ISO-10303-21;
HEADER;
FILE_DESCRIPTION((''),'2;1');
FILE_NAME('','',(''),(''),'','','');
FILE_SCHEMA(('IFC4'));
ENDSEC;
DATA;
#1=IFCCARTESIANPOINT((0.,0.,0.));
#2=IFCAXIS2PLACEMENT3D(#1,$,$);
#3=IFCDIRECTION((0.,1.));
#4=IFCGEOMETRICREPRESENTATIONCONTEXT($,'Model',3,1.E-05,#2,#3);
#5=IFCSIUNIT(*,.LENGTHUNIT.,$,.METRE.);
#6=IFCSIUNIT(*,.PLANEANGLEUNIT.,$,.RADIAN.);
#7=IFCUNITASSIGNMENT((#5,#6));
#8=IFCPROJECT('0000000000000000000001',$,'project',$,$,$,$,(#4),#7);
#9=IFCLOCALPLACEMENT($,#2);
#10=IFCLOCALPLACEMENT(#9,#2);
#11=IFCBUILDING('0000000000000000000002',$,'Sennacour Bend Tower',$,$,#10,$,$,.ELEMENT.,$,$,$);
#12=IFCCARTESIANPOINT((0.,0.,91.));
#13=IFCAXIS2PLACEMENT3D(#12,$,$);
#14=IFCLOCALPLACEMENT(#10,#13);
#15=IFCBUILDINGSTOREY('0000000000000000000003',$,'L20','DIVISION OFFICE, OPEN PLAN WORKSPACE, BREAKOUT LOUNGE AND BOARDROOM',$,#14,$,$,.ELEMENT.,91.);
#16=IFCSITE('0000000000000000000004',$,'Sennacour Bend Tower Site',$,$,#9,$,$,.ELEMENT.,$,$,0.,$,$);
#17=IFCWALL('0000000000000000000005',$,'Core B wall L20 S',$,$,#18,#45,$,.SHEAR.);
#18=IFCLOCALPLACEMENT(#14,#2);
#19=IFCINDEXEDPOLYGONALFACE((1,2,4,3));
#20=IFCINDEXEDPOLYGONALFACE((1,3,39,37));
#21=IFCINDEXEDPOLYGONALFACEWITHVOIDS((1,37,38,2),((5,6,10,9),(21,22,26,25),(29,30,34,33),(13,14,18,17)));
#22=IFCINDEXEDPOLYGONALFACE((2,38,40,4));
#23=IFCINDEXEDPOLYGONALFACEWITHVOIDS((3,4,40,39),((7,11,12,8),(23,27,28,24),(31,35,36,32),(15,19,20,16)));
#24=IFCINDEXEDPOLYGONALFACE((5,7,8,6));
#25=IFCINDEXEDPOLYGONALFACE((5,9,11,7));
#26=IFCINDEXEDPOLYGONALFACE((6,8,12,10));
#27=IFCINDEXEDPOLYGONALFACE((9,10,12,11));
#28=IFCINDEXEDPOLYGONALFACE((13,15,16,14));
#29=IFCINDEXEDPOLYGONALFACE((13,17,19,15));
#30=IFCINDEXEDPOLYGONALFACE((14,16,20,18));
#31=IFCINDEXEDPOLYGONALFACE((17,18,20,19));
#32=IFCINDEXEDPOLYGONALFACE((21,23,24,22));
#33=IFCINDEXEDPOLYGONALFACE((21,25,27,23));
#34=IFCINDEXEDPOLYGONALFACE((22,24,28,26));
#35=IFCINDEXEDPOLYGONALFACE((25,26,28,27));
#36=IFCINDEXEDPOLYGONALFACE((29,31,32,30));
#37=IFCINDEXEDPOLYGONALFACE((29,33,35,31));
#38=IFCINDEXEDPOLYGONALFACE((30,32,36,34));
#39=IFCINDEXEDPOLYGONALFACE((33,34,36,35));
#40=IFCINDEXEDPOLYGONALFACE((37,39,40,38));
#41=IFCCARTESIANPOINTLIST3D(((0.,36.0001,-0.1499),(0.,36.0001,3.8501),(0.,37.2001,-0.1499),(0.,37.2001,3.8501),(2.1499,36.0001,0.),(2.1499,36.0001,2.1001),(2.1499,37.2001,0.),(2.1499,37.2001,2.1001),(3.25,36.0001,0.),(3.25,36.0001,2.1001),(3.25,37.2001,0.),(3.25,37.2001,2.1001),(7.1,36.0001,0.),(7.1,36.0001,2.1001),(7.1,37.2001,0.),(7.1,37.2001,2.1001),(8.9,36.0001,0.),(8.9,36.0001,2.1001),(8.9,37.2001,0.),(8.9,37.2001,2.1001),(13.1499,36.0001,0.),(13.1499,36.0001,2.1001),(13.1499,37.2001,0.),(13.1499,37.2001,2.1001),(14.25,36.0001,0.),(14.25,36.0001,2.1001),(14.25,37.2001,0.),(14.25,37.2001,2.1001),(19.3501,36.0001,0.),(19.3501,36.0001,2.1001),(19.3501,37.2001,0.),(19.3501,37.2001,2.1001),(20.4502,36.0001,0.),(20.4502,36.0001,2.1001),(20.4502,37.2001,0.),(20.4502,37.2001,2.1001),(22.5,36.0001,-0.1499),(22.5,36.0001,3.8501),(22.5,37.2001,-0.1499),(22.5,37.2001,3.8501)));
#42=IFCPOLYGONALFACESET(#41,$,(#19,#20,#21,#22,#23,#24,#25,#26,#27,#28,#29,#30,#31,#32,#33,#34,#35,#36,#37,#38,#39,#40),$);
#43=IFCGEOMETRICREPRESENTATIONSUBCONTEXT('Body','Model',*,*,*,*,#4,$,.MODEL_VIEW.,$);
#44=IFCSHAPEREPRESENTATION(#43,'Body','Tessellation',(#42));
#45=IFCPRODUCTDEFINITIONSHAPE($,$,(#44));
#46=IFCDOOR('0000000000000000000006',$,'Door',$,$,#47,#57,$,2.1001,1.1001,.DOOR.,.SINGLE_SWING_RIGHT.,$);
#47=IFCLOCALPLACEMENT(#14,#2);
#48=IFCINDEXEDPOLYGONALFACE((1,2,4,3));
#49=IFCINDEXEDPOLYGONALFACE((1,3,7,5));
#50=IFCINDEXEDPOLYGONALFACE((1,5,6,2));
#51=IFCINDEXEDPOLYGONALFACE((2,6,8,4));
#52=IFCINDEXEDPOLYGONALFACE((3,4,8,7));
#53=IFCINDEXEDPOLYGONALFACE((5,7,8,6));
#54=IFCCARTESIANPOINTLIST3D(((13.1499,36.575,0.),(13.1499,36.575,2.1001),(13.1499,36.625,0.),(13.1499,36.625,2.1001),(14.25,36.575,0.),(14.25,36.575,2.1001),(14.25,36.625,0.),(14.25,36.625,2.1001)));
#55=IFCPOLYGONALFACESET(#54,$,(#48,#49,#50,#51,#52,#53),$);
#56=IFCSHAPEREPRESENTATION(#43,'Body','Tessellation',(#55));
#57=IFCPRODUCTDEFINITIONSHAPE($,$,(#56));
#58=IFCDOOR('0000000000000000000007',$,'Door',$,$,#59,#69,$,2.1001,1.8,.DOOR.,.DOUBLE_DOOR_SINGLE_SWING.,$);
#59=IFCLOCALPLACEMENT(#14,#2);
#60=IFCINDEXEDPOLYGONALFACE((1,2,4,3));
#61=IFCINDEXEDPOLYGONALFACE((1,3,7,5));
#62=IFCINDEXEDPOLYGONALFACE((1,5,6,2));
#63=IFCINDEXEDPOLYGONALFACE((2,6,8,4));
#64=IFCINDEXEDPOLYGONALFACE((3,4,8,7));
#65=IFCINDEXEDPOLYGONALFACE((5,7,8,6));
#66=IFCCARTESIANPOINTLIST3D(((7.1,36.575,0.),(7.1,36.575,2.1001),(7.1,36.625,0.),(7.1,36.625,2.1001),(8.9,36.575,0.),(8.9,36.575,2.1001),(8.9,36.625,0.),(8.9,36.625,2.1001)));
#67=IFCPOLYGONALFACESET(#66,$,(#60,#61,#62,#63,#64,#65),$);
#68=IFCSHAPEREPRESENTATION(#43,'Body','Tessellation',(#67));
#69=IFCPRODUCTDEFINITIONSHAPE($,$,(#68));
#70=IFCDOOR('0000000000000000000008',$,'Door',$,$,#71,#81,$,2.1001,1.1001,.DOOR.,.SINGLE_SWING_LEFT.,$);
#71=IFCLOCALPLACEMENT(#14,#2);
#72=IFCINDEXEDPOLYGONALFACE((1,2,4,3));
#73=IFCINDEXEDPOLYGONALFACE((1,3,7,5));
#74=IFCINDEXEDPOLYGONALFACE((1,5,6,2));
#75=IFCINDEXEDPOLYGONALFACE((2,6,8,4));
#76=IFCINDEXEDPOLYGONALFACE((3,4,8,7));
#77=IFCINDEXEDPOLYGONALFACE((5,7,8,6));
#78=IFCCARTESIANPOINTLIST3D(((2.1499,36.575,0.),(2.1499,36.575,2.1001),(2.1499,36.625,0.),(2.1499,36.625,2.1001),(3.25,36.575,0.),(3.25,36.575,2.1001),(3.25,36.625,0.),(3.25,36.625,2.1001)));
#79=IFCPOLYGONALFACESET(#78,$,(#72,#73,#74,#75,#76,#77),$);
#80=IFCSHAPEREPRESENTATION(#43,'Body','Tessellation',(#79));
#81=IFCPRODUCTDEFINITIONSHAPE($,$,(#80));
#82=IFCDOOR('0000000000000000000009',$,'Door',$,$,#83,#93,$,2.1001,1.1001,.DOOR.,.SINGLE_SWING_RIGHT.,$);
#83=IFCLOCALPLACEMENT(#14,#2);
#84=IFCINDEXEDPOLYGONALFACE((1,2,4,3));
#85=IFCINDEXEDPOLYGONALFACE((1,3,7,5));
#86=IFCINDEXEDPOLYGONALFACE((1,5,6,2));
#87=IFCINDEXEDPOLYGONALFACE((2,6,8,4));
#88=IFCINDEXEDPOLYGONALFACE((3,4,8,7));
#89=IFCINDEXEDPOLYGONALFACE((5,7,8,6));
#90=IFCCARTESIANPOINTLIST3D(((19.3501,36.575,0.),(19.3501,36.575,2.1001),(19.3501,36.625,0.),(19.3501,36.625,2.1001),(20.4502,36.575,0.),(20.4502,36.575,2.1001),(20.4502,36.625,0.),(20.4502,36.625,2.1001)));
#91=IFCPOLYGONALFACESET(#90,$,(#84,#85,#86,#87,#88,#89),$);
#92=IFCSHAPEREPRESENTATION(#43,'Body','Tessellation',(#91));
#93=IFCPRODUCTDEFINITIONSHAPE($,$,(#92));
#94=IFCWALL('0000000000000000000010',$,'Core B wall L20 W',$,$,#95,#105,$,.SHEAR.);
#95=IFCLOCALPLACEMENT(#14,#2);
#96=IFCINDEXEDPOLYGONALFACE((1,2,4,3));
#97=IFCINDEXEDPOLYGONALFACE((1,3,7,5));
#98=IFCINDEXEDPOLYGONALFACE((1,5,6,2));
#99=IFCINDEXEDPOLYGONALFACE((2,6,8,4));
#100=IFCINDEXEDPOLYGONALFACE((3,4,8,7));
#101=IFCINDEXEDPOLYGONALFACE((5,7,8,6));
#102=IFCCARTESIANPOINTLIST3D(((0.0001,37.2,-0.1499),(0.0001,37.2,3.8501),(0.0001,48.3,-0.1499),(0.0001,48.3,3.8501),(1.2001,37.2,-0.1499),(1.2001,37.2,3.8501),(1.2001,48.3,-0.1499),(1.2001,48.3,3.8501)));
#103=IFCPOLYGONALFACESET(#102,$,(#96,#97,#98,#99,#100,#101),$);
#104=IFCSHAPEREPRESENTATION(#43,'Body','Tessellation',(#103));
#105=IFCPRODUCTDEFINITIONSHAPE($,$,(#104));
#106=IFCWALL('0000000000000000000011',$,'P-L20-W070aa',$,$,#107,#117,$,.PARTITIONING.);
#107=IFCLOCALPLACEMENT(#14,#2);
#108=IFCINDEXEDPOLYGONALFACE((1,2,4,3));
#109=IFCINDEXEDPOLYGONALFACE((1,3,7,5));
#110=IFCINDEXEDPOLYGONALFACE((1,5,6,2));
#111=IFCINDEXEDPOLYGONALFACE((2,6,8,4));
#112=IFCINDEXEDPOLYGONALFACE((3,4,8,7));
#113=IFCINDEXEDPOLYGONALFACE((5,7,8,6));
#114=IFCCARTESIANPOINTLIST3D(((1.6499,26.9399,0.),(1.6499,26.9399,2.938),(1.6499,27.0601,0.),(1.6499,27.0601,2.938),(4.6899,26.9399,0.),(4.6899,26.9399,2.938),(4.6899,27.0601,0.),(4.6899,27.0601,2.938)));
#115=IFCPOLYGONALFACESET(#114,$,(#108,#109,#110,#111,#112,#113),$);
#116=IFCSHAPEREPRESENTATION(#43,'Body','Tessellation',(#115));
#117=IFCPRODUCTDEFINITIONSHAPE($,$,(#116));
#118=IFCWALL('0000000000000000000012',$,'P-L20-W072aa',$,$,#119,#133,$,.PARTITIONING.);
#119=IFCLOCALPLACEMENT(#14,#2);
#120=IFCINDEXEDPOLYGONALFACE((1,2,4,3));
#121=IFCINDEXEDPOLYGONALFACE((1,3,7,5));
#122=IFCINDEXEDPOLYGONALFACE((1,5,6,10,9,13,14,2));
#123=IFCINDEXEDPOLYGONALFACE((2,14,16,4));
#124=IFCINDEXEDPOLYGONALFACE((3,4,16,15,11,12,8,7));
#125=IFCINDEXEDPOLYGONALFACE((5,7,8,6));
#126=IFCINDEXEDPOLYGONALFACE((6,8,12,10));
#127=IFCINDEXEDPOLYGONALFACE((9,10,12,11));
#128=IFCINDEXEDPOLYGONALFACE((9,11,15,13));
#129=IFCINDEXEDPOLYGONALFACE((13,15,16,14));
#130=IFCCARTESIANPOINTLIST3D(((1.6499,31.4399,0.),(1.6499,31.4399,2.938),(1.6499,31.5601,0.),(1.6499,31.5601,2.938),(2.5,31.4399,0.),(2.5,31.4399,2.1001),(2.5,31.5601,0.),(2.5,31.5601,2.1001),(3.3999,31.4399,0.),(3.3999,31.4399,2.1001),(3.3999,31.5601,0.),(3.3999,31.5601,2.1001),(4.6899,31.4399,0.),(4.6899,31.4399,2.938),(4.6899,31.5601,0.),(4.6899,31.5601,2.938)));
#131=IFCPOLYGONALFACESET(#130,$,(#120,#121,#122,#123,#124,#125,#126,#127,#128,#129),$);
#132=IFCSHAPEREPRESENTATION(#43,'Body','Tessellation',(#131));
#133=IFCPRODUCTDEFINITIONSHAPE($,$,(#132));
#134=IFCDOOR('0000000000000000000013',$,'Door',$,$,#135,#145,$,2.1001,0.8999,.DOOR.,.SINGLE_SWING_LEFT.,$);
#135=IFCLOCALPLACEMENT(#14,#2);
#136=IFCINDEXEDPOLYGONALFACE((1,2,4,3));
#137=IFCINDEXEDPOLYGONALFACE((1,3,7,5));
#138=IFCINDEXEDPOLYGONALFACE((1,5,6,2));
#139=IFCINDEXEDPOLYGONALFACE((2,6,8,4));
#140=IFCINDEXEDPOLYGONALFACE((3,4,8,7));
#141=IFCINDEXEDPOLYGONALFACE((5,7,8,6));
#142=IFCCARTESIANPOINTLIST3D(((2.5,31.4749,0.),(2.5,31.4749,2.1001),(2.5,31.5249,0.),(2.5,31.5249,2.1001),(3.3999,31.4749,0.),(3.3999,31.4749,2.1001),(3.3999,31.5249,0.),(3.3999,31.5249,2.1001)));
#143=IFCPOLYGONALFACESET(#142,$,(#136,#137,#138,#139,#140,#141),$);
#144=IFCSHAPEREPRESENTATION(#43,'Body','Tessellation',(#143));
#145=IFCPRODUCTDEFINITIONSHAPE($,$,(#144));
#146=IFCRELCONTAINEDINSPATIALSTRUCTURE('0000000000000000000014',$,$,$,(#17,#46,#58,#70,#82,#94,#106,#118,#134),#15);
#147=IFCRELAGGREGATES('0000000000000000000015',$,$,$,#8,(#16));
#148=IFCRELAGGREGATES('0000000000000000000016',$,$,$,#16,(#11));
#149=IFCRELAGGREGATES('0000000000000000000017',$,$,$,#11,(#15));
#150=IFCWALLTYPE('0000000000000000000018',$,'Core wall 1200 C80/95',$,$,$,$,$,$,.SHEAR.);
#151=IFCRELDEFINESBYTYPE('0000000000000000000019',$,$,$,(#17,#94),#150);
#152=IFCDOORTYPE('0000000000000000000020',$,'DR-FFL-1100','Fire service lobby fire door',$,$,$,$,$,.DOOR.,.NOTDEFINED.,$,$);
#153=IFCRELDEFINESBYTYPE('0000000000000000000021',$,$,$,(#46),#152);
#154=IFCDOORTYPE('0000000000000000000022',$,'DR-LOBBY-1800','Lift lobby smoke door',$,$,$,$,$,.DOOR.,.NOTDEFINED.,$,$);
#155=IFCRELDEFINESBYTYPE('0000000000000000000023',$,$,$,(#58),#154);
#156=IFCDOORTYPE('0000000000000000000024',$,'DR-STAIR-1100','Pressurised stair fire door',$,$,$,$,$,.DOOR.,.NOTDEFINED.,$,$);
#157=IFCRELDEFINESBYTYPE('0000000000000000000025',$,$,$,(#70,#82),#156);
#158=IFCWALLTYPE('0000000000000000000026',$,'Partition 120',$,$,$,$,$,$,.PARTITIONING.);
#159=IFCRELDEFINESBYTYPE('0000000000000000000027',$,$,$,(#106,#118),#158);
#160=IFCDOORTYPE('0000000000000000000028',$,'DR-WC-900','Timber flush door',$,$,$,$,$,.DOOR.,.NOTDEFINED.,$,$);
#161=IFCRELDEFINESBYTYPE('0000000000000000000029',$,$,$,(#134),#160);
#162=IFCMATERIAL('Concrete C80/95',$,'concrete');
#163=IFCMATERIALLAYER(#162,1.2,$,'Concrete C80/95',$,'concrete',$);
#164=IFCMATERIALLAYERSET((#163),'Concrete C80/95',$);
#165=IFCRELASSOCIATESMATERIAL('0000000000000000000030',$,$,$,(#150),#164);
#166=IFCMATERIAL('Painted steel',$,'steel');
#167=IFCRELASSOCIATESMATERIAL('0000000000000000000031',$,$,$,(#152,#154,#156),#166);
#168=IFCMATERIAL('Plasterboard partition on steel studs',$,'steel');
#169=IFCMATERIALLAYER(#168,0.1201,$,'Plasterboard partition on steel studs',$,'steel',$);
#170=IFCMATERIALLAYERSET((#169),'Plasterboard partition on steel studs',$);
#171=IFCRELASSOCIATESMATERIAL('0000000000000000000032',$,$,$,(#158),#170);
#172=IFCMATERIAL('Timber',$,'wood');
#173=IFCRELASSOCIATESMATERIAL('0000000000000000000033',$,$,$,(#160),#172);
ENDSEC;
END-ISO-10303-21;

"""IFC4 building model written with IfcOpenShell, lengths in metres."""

from ifc_helpers import new_model, si_unit, direction, frame, frame_2d, origin, place, context, subcontext, project, spatial, rectangle, extrude, material, layer, layer_set, type_object, element, fill, save


model = new_model("IFC4")

# Units and contexts
model_context = context("Model", 3, precision=1e-05, world=origin(), true_north=direction((0.0, 1.0)))
body_context = subcontext(model_context, "Body", "Model", "MODEL_VIEW")
ifc_project = project(units=[si_unit("LENGTHUNIT", "METRE"), si_unit("PLANEANGLEUNIT", "RADIAN")], contexts=[model_context])

# Site, building, storey
site_placement = place(None, origin())
site = spatial("IfcSite", under=ifc_project, at=site_placement, Name="Sennacour Bend Tower Site", CompositionType="ELEMENT", RefElevation=0.0)
building_placement = place(site_placement, origin())
building = spatial("IfcBuilding", under=site, at=building_placement, Name="Sennacour Bend Tower", CompositionType="ELEMENT")
storey_placement = place(building_placement, frame((0.0, 0.0, 91.0)))
storey = spatial("IfcBuildingStorey", under=building, at=storey_placement, Name="L20", Description="DIVISION OFFICE, OPEN PLAN WORKSPACE, BREAKOUT LOUNGE AND BOARDROOM", CompositionType="ELEMENT", Elevation=91.0)

# Wall, openings, doors
ifc_material_1 = material(Name="Concrete C80/95", Category="concrete")
ifc_layer_1 = layer(ifc_material_1, 1.2, Name="Concrete C80/95", Category="concrete")
ifc_layer_set_1 = layer_set([ifc_layer_1], Name="Concrete C80/95")
wall_type_1 = type_object("IfcWallType", Name="Core wall 1200 C80/95", PredefinedType="SHEAR", material=ifc_layer_set_1)
wall_1_placement = place(storey_placement, frame((0.0, 36.6001, -0.1499), z_axis=(0.0, 0.0, 1.0), x_axis=(1.0, 0.0, 0.0)))
wall_1 = element("IfcWall", 1, at=wall_1_placement, inside=storey, type_object=wall_type_1, Name="Core B wall L20 S", PredefinedType="SHEAR", context=body_context, shape_type="SweptSolid", body=[
    extrude(rectangle(XDim=22.5, YDim=1.2, at=frame_2d((11.25, 0.0))), origin(), (0.0, 0.0, 1.0), 4.0),
])
opening_1_placement = place(wall_1_placement, frame((7.1001, 0.0, 0.1499)))
opening_1 = element("IfcOpeningElement", 2, at=opening_1_placement, cuts=wall_1, PredefinedType="OPENING", context=body_context, shape_type="SweptSolid", body=[
    extrude(rectangle(XDim=1.8, YDim=2.1001, at=frame_2d((0.8999, 1.05))), frame((0.0, 0.6099, 0.0), z_axis=(0.0, -1.0, 0.0), x_axis=(1.0, 0.0, 0.0)), (0.0, 0.0, 1.0), 1.22),
])
opening_2_placement = place(wall_1_placement, frame((13.1499, 0.0, 0.1499)))
opening_2 = element("IfcOpeningElement", 3, at=opening_2_placement, cuts=wall_1, PredefinedType="OPENING", context=body_context, shape_type="SweptSolid", body=[
    extrude(rectangle(XDim=1.1001, YDim=2.1001, at=frame_2d((0.55, 1.05))), frame((0.0, 0.6099, 0.0), z_axis=(0.0, -1.0, 0.0), x_axis=(1.0, 0.0, 0.0)), (0.0, 0.0, 1.0), 1.22),
])
opening_3_placement = place(wall_1_placement, frame((2.1499, 0.0, 0.1499)))
opening_3 = element("IfcOpeningElement", 4, at=opening_3_placement, cuts=wall_1, PredefinedType="OPENING", context=body_context, shape_type="SweptSolid", body=[
    extrude(rectangle(XDim=1.1001, YDim=2.1001, at=frame_2d((0.55, 1.05))), frame((0.0, 0.6099, 0.0), z_axis=(0.0, -1.0, 0.0), x_axis=(1.0, 0.0, 0.0)), (0.0, 0.0, 1.0), 1.22),
])
opening_4_placement = place(wall_1_placement, frame((19.3501, 0.0, 0.1499)))
opening_4 = element("IfcOpeningElement", 5, at=opening_4_placement, cuts=wall_1, PredefinedType="OPENING", context=body_context, shape_type="SweptSolid", body=[
    extrude(rectangle(XDim=1.1001, YDim=2.1001, at=frame_2d((0.55, 1.05))), frame((0.0, 0.6099, 0.0), z_axis=(0.0, -1.0, 0.0), x_axis=(1.0, 0.0, 0.0)), (0.0, 0.0, 1.0), 1.22),
])
ifc_material_2 = material(Name="Painted steel", Category="steel")
door_type_1 = type_object("IfcDoorType", Name="DR-FFL-1100", Description="Fire service lobby fire door", OperationType="NOTDEFINED", PredefinedType="DOOR", material=ifc_material_2)
door_1_placement = place(opening_2_placement, origin())
door_1 = element("IfcDoor", 6, at=door_1_placement, inside=storey, type_object=door_type_1, Name="Door", OperationType="SINGLE_SWING_RIGHT", OverallHeight=2.1001, OverallWidth=1.1001, PredefinedType="DOOR", context=body_context, shape_type="SweptSolid", body=[
    extrude(rectangle(XDim=1.1001, YDim=2.1001, at=frame_2d((0.55, 1.05))), frame((0.0, 0.0249, 0.0), z_axis=(0.0, -1.0, 0.0), x_axis=(1.0, 0.0, 0.0)), (0.0, 0.0, 1.0), 0.05),
])
fill(opening_2, door_1)
door_type_2 = type_object("IfcDoorType", Name="DR-LOBBY-1800", Description="Lift lobby smoke door", OperationType="NOTDEFINED", PredefinedType="DOOR", material=ifc_material_2)
door_2_placement = place(opening_1_placement, origin())
door_2 = element("IfcDoor", 7, at=door_2_placement, inside=storey, type_object=door_type_2, Name="Door", OperationType="DOUBLE_DOOR_SINGLE_SWING", OverallHeight=2.1001, OverallWidth=1.8, PredefinedType="DOOR", context=body_context, shape_type="SweptSolid", body=[
    extrude(rectangle(XDim=1.8, YDim=2.1001, at=frame_2d((0.8999, 1.05))), frame((0.0, 0.0249, 0.0), z_axis=(0.0, -1.0, 0.0), x_axis=(1.0, 0.0, 0.0)), (0.0, 0.0, 1.0), 0.05),
])
fill(opening_1, door_2)
door_type_3 = type_object("IfcDoorType", Name="DR-STAIR-1100", Description="Pressurised stair fire door", OperationType="NOTDEFINED", PredefinedType="DOOR", material=ifc_material_2)
door_3_placement = place(opening_3_placement, origin())
door_3 = element("IfcDoor", 8, at=door_3_placement, inside=storey, type_object=door_type_3, Name="Door", OperationType="SINGLE_SWING_LEFT", OverallHeight=2.1001, OverallWidth=1.1001, PredefinedType="DOOR", context=body_context, shape_type="SweptSolid", body=[
    extrude(rectangle(XDim=1.1001, YDim=2.1001, at=frame_2d((0.55, 1.05))), frame((0.0, 0.0249, 0.0), z_axis=(0.0, -1.0, 0.0), x_axis=(1.0, 0.0, 0.0)), (0.0, 0.0, 1.0), 0.05),
])
fill(opening_3, door_3)
door_4_placement = place(opening_4_placement, origin())
door_4 = element("IfcDoor", 9, at=door_4_placement, inside=storey, type_object=door_type_3, Name="Door", OperationType="SINGLE_SWING_RIGHT", OverallHeight=2.1001, OverallWidth=1.1001, PredefinedType="DOOR", context=body_context, shape_type="SweptSolid", body=[
    extrude(rectangle(XDim=1.1001, YDim=2.1001, at=frame_2d((0.55, 1.05))), frame((0.0, 0.0249, 0.0), z_axis=(0.0, -1.0, 0.0), x_axis=(1.0, 0.0, 0.0)), (0.0, 0.0, 1.0), 0.05),
])
fill(opening_4, door_4)

# Walls
wall_2_placement = place(storey_placement, frame((0.6001, 37.2, -0.1499), z_axis=(0.0, 0.0, 1.0), x_axis=(0.0, 1.0, 0.0)))
element("IfcWall", 10, at=wall_2_placement, inside=storey, type_object=wall_type_1, Name="Core B wall L20 W", PredefinedType="SHEAR", context=body_context, shape_type="SweptSolid", body=[
    extrude(rectangle(XDim=11.1001, YDim=1.2, at=frame_2d((5.55, 0.0))), origin(), (0.0, 0.0, 1.0), 4.0),
])
ifc_material_3 = material(Name="Plasterboard partition on steel studs", Category="steel")
ifc_layer_2 = layer(ifc_material_3, 0.1201, Name="Plasterboard partition on steel studs", Category="steel")
ifc_layer_set_2 = layer_set([ifc_layer_2], Name="Plasterboard partition on steel studs")
wall_type_2 = type_object("IfcWallType", Name="Partition 120", PredefinedType="PARTITIONING", material=ifc_layer_set_2)
wall_3_placement = place(storey_placement, frame((1.6499, 27.0, 0.0), z_axis=(0.0, 0.0, 1.0), x_axis=(1.0, 0.0, 0.0)))
element("IfcWall", 11, at=wall_3_placement, inside=storey, type_object=wall_type_2, Name="P-L20-W070aa", PredefinedType="PARTITIONING", context=body_context, shape_type="SweptSolid", body=[
    extrude(rectangle(XDim=3.04, YDim=0.1201, at=frame_2d((1.52, 0.0))), origin(), (0.0, 0.0, 1.0), 2.938),
])

# Wall, opening, door
wall_4_placement = place(storey_placement, frame((1.6499, 31.5, 0.0), z_axis=(0.0, 0.0, 1.0), x_axis=(1.0, 0.0, 0.0)))
wall_4 = element("IfcWall", 12, at=wall_4_placement, inside=storey, type_object=wall_type_2, Name="P-L20-W072aa", PredefinedType="PARTITIONING", context=body_context, shape_type="SweptSolid", body=[
    extrude(rectangle(XDim=3.04, YDim=0.1201, at=frame_2d((1.52, 0.0))), origin(), (0.0, 0.0, 1.0), 2.938),
])
opening_5_placement = place(wall_4_placement, frame((0.8501, 0.0, 0.0)))
opening_5 = element("IfcOpeningElement", 13, at=opening_5_placement, cuts=wall_4, PredefinedType="OPENING", context=body_context, shape_type="SweptSolid", body=[
    extrude(rectangle(XDim=0.8999, YDim=2.1001, at=frame_2d((0.45, 1.05))), frame((0.0, 0.0701, 0.0), z_axis=(0.0, -1.0, 0.0), x_axis=(1.0, 0.0, 0.0)), (0.0, 0.0, 1.0), 0.1401),
])
ifc_material_4 = material(Name="Timber", Category="wood")
door_type_4 = type_object("IfcDoorType", Name="DR-WC-900", Description="Timber flush door", OperationType="NOTDEFINED", PredefinedType="DOOR", material=ifc_material_4)
door_5_placement = place(opening_5_placement, origin())
door_5 = element("IfcDoor", 14, at=door_5_placement, inside=storey, type_object=door_type_4, Name="Door", OperationType="SINGLE_SWING_LEFT", OverallHeight=2.1001, OverallWidth=0.8999, PredefinedType="DOOR", context=body_context, shape_type="SweptSolid", body=[
    extrude(rectangle(XDim=0.8999, YDim=2.1001, at=frame_2d((0.45, 1.05))), frame((0.0, 0.0249, 0.0), z_axis=(0.0, -1.0, 0.0), x_axis=(1.0, 0.0, 0.0)), (0.0, 0.0, 1.0), 0.05),
])
fill(opening_5, door_5)

save(model, "model.ifc")
